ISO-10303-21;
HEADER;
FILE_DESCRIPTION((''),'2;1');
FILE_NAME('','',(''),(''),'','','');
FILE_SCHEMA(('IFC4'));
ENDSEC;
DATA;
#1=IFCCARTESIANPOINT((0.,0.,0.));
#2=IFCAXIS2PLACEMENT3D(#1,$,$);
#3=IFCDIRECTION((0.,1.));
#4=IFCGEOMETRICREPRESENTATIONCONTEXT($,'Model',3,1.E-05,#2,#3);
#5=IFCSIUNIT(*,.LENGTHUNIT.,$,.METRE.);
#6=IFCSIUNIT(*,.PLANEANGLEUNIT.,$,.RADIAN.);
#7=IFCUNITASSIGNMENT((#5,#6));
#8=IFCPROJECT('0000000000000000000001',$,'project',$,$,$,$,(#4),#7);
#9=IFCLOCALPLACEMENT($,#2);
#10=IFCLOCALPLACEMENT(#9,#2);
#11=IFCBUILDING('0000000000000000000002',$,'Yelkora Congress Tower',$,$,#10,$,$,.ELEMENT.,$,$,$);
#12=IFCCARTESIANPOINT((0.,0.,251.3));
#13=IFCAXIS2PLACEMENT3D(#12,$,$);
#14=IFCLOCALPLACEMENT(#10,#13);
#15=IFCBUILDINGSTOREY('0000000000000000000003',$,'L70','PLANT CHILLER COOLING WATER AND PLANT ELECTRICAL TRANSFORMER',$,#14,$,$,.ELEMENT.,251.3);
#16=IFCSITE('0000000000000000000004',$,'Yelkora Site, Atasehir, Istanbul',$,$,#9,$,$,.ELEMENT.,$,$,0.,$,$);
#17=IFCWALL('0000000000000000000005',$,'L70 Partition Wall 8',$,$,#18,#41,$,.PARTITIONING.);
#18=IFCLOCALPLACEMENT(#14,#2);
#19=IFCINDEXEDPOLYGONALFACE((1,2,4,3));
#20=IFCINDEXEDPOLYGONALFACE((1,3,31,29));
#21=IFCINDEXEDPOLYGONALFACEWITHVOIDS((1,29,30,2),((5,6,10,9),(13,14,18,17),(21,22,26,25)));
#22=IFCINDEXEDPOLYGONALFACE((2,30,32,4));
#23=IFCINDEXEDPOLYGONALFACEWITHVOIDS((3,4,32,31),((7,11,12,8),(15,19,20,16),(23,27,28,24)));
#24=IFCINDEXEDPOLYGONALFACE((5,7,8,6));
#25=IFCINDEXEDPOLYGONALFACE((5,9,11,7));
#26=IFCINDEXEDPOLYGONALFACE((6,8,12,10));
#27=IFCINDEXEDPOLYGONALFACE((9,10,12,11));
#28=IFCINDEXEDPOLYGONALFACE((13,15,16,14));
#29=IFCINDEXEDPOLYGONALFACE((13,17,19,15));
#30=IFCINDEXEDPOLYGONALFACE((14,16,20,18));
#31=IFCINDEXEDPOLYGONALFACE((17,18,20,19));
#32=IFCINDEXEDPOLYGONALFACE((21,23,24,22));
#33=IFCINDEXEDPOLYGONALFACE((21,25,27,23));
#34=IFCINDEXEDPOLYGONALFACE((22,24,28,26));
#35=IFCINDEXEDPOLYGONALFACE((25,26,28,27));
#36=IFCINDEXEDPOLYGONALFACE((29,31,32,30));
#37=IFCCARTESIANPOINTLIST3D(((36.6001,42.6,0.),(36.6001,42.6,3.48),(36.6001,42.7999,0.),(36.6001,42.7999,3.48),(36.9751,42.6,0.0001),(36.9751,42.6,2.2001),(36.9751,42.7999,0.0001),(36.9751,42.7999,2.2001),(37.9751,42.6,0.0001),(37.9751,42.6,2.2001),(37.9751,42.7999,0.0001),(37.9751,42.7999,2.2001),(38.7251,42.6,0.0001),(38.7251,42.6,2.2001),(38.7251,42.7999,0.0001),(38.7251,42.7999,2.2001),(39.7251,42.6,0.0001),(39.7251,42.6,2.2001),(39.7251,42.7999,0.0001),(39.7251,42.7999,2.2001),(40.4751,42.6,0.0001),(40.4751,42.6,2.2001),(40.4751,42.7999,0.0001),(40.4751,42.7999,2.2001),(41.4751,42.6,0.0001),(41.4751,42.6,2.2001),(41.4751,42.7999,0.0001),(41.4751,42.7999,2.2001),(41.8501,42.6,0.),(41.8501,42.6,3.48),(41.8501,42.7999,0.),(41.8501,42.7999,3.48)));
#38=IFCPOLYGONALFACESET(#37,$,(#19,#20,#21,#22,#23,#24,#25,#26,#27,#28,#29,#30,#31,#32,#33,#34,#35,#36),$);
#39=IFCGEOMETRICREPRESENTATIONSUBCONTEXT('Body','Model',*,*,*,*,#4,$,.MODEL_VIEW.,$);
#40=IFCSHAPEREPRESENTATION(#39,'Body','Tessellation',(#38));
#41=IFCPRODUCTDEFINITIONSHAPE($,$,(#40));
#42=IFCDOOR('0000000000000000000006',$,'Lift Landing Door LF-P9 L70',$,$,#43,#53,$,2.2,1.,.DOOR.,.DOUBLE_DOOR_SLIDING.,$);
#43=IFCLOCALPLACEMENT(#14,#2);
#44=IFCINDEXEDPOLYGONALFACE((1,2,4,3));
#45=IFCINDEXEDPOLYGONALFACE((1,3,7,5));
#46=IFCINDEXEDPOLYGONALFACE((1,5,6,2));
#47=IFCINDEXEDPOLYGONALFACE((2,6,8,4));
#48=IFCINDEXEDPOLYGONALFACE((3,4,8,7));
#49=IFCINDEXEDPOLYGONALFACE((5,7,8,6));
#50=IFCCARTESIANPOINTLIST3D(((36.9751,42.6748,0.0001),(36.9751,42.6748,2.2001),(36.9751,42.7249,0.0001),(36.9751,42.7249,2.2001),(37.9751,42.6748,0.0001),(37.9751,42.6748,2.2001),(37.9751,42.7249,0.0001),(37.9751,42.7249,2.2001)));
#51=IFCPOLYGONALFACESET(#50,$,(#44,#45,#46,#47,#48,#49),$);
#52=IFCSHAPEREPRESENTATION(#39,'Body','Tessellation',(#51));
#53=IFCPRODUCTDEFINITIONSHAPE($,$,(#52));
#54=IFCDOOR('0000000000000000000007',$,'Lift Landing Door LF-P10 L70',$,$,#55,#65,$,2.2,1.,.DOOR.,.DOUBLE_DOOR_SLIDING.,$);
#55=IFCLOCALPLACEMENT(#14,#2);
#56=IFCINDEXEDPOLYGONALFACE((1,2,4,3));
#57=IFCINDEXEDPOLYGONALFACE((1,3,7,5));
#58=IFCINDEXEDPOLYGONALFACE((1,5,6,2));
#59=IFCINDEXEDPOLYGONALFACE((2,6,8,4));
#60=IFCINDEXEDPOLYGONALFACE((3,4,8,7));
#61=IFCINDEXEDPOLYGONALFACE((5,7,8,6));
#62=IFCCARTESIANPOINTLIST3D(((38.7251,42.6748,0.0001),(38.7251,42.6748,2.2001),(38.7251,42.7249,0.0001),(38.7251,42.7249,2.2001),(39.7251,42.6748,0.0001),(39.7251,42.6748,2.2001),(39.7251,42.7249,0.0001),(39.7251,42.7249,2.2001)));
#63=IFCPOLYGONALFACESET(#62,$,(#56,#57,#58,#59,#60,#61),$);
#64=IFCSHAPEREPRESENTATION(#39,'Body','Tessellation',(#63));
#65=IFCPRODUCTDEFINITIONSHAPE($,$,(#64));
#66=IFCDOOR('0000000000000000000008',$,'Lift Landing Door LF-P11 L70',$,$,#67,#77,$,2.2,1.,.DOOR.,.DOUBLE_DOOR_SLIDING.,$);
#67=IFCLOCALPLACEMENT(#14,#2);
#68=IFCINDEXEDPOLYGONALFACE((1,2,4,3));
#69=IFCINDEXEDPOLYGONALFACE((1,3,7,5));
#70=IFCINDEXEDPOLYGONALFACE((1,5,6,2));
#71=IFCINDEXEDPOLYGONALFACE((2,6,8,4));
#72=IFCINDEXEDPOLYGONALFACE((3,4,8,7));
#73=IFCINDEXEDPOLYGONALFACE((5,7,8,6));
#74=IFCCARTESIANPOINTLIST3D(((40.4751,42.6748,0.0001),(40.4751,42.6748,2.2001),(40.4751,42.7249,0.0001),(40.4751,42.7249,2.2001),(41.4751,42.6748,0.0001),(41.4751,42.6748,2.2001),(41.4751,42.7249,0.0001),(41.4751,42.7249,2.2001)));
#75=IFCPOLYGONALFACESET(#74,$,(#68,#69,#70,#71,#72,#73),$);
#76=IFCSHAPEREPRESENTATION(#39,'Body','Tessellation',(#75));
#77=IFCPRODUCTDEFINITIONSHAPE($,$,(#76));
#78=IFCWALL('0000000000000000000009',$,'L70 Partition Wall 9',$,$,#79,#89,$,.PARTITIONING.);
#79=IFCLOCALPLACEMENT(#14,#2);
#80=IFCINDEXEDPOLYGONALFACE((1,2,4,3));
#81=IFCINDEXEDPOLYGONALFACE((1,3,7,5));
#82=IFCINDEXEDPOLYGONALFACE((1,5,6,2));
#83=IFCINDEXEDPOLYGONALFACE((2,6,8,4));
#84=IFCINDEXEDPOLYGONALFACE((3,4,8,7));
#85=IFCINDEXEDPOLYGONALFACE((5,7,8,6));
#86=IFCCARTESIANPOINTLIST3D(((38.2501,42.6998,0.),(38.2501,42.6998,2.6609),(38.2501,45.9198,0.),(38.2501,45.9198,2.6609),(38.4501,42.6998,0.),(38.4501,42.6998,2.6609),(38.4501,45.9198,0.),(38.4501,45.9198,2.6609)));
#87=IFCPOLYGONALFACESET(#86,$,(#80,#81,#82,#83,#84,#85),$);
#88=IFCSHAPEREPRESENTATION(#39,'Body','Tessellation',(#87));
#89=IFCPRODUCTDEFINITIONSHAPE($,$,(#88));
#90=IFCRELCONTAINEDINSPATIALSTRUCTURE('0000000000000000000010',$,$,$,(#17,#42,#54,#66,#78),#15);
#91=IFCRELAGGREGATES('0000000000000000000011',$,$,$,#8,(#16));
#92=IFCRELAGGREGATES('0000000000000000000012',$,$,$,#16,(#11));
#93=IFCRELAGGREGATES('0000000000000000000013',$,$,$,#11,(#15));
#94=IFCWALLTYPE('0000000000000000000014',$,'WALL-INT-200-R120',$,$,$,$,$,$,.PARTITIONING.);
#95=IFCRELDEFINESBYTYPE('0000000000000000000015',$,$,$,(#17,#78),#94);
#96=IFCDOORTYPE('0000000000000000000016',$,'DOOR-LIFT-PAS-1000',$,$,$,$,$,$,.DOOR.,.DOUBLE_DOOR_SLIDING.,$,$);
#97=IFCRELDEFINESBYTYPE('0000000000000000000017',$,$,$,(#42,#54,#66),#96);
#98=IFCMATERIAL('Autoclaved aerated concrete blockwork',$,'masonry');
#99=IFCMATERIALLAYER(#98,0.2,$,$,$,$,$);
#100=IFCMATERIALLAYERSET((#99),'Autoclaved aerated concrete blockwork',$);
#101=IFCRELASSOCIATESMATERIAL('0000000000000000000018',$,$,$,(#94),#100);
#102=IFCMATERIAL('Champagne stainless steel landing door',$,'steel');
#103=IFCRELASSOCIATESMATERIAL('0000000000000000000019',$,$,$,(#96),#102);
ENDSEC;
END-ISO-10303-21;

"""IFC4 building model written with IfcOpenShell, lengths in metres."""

from ifc_helpers import new_model, si_unit, direction, frame, frame_2d, origin, place, context, subcontext, project, spatial, rectangle, extrude, material, layer, layer_set, type_object, element, fill, save


model = new_model("IFC4")

# Units and contexts
model_context = context("Model", 3, precision=1e-05, world=origin(), true_north=direction((0.0, 1.0)))
body_context = subcontext(model_context, "Body", "Model", "MODEL_VIEW")
ifc_project = project(units=[si_unit("LENGTHUNIT", "METRE"), si_unit("PLANEANGLEUNIT", "RADIAN")], contexts=[model_context])

# Site, building, storey
site_placement = place(None, origin())
site = spatial("IfcSite", under=ifc_project, at=site_placement, Name="Yelkora Site, Atasehir, Istanbul", CompositionType="ELEMENT", RefElevation=0.0)
building_placement = place(site_placement, origin())
building = spatial("IfcBuilding", under=site, at=building_placement, Name="Yelkora Congress Tower", CompositionType="ELEMENT")
storey_placement = place(building_placement, frame((0.0, 0.0, 251.3)))
storey = spatial("IfcBuildingStorey", under=building, at=storey_placement, Name="L70", Description="PLANT CHILLER COOLING WATER AND PLANT ELECTRICAL TRANSFORMER", CompositionType="ELEMENT", Elevation=251.3)

# Shared definitions
ifc_material_1 = material(Name="Autoclaved aerated concrete blockwork", Category="masonry")
ifc_layer_1 = layer(ifc_material_1, 0.2)
ifc_layer_set_1 = layer_set([ifc_layer_1], Name="Autoclaved aerated concrete blockwork")
wall_type_1 = type_object("IfcWallType", Name="WALL-INT-200-R120", PredefinedType="PARTITIONING", material=ifc_layer_set_1)

# Wall, openings, doors
wall_1_placement = place(storey_placement, frame((36.6001, 42.7, 0.0), z_axis=(0.0, 0.0, 1.0), x_axis=(1.0, 0.0, 0.0)))
wall_1 = element("IfcWall", 1, at=wall_1_placement, inside=storey, type_object=wall_type_1, Name="L70 Partition Wall 8", PredefinedType="PARTITIONING", context=body_context, shape_type="SweptSolid", body=[
    extrude(rectangle(XDim=5.25, YDim=0.2, at=frame_2d((2.625, 0.0))), origin(), (0.0, 0.0, 1.0), 3.48),
])
opening_1_placement = place(wall_1_placement, frame((0.375, 0.0, 0.0)))
opening_1 = element("IfcOpeningElement", 2, at=opening_1_placement, cuts=wall_1, PredefinedType="OPENING", context=body_context, shape_type="SweptSolid", body=[
    extrude(rectangle(XDim=1.0, YDim=2.2, at=frame_2d((0.5, 1.1001))), frame((0.0, 0.1099, 0.0), z_axis=(0.0, -1.0, 0.0), x_axis=(1.0, 0.0, 0.0)), (0.0, 0.0, 1.0), 0.22),
])
opening_2_placement = place(wall_1_placement, frame((2.125, 0.0, 0.0)))
opening_2 = element("IfcOpeningElement", 3, at=opening_2_placement, cuts=wall_1, PredefinedType="OPENING", context=body_context, shape_type="SweptSolid", body=[
    extrude(rectangle(XDim=1.0, YDim=2.2, at=frame_2d((0.5, 1.1001))), frame((0.0, 0.1099, 0.0), z_axis=(0.0, -1.0, 0.0), x_axis=(1.0, 0.0, 0.0)), (0.0, 0.0, 1.0), 0.22),
])
opening_3_placement = place(wall_1_placement, frame((3.875, 0.0, 0.0)))
opening_3 = element("IfcOpeningElement", 4, at=opening_3_placement, cuts=wall_1, PredefinedType="OPENING", context=body_context, shape_type="SweptSolid", body=[
    extrude(rectangle(XDim=1.0, YDim=2.2, at=frame_2d((0.5, 1.1001))), frame((0.0, 0.1099, 0.0), z_axis=(0.0, -1.0, 0.0), x_axis=(1.0, 0.0, 0.0)), (0.0, 0.0, 1.0), 0.22),
])
ifc_material_2 = material(Name="Champagne stainless steel landing door", Category="steel")
door_type_1 = type_object("IfcDoorType", Name="DOOR-LIFT-PAS-1000", OperationType="DOUBLE_DOOR_SLIDING", PredefinedType="DOOR", material=ifc_material_2)
door_1_placement = place(opening_1_placement, origin())
door_1 = element("IfcDoor", 5, at=door_1_placement, inside=storey, type_object=door_type_1, Name="Lift Landing Door LF-P9 L70", OperationType="DOUBLE_DOOR_SLIDING", OverallHeight=2.2, OverallWidth=1.0, PredefinedType="DOOR", context=body_context, shape_type="SweptSolid", body=[
    extrude(rectangle(XDim=1.0, YDim=2.2, at=frame_2d((0.5, 1.1001))), frame((0.0, 0.0249, 0.0), z_axis=(0.0, -1.0, 0.0), x_axis=(1.0, 0.0, 0.0)), (0.0, 0.0, 1.0), 0.05),
])
fill(opening_1, door_1)
door_2_placement = place(opening_2_placement, origin())
door_2 = element("IfcDoor", 6, at=door_2_placement, inside=storey, type_object=door_type_1, Name="Lift Landing Door LF-P10 L70", OperationType="DOUBLE_DOOR_SLIDING", OverallHeight=2.2, OverallWidth=1.0, PredefinedType="DOOR", context=body_context, shape_type="SweptSolid", body=[
    extrude(rectangle(XDim=1.0, YDim=2.2, at=frame_2d((0.5, 1.1001))), frame((0.0, 0.0249, 0.0), z_axis=(0.0, -1.0, 0.0), x_axis=(1.0, 0.0, 0.0)), (0.0, 0.0, 1.0), 0.05),
])
fill(opening_2, door_2)
door_3_placement = place(opening_3_placement, origin())
door_3 = element("IfcDoor", 7, at=door_3_placement, inside=storey, type_object=door_type_1, Name="Lift Landing Door LF-P11 L70", OperationType="DOUBLE_DOOR_SLIDING", OverallHeight=2.2, OverallWidth=1.0, PredefinedType="DOOR", context=body_context, shape_type="SweptSolid", body=[
    extrude(rectangle(XDim=1.0, YDim=2.2, at=frame_2d((0.5, 1.1001))), frame((0.0, 0.0249, 0.0), z_axis=(0.0, -1.0, 0.0), x_axis=(1.0, 0.0, 0.0)), (0.0, 0.0, 1.0), 0.05),
])
fill(opening_3, door_3)

# Wall
wall_2_placement = place(storey_placement, frame((38.3501, 42.7, 0.0), z_axis=(0.0, 0.0, 1.0), x_axis=(0.0, 1.0, 0.0)))
element("IfcWall", 8, at=wall_2_placement, inside=storey, type_object=wall_type_1, Name="L70 Partition Wall 9", PredefinedType="PARTITIONING", context=body_context, shape_type="SweptSolid", body=[
    extrude(rectangle(XDim=3.22, YDim=0.2, at=frame_2d((1.6099, 0.0))), origin(), (0.0, 0.0, 1.0), 2.6609),
])

save(model, "model.ifc")
